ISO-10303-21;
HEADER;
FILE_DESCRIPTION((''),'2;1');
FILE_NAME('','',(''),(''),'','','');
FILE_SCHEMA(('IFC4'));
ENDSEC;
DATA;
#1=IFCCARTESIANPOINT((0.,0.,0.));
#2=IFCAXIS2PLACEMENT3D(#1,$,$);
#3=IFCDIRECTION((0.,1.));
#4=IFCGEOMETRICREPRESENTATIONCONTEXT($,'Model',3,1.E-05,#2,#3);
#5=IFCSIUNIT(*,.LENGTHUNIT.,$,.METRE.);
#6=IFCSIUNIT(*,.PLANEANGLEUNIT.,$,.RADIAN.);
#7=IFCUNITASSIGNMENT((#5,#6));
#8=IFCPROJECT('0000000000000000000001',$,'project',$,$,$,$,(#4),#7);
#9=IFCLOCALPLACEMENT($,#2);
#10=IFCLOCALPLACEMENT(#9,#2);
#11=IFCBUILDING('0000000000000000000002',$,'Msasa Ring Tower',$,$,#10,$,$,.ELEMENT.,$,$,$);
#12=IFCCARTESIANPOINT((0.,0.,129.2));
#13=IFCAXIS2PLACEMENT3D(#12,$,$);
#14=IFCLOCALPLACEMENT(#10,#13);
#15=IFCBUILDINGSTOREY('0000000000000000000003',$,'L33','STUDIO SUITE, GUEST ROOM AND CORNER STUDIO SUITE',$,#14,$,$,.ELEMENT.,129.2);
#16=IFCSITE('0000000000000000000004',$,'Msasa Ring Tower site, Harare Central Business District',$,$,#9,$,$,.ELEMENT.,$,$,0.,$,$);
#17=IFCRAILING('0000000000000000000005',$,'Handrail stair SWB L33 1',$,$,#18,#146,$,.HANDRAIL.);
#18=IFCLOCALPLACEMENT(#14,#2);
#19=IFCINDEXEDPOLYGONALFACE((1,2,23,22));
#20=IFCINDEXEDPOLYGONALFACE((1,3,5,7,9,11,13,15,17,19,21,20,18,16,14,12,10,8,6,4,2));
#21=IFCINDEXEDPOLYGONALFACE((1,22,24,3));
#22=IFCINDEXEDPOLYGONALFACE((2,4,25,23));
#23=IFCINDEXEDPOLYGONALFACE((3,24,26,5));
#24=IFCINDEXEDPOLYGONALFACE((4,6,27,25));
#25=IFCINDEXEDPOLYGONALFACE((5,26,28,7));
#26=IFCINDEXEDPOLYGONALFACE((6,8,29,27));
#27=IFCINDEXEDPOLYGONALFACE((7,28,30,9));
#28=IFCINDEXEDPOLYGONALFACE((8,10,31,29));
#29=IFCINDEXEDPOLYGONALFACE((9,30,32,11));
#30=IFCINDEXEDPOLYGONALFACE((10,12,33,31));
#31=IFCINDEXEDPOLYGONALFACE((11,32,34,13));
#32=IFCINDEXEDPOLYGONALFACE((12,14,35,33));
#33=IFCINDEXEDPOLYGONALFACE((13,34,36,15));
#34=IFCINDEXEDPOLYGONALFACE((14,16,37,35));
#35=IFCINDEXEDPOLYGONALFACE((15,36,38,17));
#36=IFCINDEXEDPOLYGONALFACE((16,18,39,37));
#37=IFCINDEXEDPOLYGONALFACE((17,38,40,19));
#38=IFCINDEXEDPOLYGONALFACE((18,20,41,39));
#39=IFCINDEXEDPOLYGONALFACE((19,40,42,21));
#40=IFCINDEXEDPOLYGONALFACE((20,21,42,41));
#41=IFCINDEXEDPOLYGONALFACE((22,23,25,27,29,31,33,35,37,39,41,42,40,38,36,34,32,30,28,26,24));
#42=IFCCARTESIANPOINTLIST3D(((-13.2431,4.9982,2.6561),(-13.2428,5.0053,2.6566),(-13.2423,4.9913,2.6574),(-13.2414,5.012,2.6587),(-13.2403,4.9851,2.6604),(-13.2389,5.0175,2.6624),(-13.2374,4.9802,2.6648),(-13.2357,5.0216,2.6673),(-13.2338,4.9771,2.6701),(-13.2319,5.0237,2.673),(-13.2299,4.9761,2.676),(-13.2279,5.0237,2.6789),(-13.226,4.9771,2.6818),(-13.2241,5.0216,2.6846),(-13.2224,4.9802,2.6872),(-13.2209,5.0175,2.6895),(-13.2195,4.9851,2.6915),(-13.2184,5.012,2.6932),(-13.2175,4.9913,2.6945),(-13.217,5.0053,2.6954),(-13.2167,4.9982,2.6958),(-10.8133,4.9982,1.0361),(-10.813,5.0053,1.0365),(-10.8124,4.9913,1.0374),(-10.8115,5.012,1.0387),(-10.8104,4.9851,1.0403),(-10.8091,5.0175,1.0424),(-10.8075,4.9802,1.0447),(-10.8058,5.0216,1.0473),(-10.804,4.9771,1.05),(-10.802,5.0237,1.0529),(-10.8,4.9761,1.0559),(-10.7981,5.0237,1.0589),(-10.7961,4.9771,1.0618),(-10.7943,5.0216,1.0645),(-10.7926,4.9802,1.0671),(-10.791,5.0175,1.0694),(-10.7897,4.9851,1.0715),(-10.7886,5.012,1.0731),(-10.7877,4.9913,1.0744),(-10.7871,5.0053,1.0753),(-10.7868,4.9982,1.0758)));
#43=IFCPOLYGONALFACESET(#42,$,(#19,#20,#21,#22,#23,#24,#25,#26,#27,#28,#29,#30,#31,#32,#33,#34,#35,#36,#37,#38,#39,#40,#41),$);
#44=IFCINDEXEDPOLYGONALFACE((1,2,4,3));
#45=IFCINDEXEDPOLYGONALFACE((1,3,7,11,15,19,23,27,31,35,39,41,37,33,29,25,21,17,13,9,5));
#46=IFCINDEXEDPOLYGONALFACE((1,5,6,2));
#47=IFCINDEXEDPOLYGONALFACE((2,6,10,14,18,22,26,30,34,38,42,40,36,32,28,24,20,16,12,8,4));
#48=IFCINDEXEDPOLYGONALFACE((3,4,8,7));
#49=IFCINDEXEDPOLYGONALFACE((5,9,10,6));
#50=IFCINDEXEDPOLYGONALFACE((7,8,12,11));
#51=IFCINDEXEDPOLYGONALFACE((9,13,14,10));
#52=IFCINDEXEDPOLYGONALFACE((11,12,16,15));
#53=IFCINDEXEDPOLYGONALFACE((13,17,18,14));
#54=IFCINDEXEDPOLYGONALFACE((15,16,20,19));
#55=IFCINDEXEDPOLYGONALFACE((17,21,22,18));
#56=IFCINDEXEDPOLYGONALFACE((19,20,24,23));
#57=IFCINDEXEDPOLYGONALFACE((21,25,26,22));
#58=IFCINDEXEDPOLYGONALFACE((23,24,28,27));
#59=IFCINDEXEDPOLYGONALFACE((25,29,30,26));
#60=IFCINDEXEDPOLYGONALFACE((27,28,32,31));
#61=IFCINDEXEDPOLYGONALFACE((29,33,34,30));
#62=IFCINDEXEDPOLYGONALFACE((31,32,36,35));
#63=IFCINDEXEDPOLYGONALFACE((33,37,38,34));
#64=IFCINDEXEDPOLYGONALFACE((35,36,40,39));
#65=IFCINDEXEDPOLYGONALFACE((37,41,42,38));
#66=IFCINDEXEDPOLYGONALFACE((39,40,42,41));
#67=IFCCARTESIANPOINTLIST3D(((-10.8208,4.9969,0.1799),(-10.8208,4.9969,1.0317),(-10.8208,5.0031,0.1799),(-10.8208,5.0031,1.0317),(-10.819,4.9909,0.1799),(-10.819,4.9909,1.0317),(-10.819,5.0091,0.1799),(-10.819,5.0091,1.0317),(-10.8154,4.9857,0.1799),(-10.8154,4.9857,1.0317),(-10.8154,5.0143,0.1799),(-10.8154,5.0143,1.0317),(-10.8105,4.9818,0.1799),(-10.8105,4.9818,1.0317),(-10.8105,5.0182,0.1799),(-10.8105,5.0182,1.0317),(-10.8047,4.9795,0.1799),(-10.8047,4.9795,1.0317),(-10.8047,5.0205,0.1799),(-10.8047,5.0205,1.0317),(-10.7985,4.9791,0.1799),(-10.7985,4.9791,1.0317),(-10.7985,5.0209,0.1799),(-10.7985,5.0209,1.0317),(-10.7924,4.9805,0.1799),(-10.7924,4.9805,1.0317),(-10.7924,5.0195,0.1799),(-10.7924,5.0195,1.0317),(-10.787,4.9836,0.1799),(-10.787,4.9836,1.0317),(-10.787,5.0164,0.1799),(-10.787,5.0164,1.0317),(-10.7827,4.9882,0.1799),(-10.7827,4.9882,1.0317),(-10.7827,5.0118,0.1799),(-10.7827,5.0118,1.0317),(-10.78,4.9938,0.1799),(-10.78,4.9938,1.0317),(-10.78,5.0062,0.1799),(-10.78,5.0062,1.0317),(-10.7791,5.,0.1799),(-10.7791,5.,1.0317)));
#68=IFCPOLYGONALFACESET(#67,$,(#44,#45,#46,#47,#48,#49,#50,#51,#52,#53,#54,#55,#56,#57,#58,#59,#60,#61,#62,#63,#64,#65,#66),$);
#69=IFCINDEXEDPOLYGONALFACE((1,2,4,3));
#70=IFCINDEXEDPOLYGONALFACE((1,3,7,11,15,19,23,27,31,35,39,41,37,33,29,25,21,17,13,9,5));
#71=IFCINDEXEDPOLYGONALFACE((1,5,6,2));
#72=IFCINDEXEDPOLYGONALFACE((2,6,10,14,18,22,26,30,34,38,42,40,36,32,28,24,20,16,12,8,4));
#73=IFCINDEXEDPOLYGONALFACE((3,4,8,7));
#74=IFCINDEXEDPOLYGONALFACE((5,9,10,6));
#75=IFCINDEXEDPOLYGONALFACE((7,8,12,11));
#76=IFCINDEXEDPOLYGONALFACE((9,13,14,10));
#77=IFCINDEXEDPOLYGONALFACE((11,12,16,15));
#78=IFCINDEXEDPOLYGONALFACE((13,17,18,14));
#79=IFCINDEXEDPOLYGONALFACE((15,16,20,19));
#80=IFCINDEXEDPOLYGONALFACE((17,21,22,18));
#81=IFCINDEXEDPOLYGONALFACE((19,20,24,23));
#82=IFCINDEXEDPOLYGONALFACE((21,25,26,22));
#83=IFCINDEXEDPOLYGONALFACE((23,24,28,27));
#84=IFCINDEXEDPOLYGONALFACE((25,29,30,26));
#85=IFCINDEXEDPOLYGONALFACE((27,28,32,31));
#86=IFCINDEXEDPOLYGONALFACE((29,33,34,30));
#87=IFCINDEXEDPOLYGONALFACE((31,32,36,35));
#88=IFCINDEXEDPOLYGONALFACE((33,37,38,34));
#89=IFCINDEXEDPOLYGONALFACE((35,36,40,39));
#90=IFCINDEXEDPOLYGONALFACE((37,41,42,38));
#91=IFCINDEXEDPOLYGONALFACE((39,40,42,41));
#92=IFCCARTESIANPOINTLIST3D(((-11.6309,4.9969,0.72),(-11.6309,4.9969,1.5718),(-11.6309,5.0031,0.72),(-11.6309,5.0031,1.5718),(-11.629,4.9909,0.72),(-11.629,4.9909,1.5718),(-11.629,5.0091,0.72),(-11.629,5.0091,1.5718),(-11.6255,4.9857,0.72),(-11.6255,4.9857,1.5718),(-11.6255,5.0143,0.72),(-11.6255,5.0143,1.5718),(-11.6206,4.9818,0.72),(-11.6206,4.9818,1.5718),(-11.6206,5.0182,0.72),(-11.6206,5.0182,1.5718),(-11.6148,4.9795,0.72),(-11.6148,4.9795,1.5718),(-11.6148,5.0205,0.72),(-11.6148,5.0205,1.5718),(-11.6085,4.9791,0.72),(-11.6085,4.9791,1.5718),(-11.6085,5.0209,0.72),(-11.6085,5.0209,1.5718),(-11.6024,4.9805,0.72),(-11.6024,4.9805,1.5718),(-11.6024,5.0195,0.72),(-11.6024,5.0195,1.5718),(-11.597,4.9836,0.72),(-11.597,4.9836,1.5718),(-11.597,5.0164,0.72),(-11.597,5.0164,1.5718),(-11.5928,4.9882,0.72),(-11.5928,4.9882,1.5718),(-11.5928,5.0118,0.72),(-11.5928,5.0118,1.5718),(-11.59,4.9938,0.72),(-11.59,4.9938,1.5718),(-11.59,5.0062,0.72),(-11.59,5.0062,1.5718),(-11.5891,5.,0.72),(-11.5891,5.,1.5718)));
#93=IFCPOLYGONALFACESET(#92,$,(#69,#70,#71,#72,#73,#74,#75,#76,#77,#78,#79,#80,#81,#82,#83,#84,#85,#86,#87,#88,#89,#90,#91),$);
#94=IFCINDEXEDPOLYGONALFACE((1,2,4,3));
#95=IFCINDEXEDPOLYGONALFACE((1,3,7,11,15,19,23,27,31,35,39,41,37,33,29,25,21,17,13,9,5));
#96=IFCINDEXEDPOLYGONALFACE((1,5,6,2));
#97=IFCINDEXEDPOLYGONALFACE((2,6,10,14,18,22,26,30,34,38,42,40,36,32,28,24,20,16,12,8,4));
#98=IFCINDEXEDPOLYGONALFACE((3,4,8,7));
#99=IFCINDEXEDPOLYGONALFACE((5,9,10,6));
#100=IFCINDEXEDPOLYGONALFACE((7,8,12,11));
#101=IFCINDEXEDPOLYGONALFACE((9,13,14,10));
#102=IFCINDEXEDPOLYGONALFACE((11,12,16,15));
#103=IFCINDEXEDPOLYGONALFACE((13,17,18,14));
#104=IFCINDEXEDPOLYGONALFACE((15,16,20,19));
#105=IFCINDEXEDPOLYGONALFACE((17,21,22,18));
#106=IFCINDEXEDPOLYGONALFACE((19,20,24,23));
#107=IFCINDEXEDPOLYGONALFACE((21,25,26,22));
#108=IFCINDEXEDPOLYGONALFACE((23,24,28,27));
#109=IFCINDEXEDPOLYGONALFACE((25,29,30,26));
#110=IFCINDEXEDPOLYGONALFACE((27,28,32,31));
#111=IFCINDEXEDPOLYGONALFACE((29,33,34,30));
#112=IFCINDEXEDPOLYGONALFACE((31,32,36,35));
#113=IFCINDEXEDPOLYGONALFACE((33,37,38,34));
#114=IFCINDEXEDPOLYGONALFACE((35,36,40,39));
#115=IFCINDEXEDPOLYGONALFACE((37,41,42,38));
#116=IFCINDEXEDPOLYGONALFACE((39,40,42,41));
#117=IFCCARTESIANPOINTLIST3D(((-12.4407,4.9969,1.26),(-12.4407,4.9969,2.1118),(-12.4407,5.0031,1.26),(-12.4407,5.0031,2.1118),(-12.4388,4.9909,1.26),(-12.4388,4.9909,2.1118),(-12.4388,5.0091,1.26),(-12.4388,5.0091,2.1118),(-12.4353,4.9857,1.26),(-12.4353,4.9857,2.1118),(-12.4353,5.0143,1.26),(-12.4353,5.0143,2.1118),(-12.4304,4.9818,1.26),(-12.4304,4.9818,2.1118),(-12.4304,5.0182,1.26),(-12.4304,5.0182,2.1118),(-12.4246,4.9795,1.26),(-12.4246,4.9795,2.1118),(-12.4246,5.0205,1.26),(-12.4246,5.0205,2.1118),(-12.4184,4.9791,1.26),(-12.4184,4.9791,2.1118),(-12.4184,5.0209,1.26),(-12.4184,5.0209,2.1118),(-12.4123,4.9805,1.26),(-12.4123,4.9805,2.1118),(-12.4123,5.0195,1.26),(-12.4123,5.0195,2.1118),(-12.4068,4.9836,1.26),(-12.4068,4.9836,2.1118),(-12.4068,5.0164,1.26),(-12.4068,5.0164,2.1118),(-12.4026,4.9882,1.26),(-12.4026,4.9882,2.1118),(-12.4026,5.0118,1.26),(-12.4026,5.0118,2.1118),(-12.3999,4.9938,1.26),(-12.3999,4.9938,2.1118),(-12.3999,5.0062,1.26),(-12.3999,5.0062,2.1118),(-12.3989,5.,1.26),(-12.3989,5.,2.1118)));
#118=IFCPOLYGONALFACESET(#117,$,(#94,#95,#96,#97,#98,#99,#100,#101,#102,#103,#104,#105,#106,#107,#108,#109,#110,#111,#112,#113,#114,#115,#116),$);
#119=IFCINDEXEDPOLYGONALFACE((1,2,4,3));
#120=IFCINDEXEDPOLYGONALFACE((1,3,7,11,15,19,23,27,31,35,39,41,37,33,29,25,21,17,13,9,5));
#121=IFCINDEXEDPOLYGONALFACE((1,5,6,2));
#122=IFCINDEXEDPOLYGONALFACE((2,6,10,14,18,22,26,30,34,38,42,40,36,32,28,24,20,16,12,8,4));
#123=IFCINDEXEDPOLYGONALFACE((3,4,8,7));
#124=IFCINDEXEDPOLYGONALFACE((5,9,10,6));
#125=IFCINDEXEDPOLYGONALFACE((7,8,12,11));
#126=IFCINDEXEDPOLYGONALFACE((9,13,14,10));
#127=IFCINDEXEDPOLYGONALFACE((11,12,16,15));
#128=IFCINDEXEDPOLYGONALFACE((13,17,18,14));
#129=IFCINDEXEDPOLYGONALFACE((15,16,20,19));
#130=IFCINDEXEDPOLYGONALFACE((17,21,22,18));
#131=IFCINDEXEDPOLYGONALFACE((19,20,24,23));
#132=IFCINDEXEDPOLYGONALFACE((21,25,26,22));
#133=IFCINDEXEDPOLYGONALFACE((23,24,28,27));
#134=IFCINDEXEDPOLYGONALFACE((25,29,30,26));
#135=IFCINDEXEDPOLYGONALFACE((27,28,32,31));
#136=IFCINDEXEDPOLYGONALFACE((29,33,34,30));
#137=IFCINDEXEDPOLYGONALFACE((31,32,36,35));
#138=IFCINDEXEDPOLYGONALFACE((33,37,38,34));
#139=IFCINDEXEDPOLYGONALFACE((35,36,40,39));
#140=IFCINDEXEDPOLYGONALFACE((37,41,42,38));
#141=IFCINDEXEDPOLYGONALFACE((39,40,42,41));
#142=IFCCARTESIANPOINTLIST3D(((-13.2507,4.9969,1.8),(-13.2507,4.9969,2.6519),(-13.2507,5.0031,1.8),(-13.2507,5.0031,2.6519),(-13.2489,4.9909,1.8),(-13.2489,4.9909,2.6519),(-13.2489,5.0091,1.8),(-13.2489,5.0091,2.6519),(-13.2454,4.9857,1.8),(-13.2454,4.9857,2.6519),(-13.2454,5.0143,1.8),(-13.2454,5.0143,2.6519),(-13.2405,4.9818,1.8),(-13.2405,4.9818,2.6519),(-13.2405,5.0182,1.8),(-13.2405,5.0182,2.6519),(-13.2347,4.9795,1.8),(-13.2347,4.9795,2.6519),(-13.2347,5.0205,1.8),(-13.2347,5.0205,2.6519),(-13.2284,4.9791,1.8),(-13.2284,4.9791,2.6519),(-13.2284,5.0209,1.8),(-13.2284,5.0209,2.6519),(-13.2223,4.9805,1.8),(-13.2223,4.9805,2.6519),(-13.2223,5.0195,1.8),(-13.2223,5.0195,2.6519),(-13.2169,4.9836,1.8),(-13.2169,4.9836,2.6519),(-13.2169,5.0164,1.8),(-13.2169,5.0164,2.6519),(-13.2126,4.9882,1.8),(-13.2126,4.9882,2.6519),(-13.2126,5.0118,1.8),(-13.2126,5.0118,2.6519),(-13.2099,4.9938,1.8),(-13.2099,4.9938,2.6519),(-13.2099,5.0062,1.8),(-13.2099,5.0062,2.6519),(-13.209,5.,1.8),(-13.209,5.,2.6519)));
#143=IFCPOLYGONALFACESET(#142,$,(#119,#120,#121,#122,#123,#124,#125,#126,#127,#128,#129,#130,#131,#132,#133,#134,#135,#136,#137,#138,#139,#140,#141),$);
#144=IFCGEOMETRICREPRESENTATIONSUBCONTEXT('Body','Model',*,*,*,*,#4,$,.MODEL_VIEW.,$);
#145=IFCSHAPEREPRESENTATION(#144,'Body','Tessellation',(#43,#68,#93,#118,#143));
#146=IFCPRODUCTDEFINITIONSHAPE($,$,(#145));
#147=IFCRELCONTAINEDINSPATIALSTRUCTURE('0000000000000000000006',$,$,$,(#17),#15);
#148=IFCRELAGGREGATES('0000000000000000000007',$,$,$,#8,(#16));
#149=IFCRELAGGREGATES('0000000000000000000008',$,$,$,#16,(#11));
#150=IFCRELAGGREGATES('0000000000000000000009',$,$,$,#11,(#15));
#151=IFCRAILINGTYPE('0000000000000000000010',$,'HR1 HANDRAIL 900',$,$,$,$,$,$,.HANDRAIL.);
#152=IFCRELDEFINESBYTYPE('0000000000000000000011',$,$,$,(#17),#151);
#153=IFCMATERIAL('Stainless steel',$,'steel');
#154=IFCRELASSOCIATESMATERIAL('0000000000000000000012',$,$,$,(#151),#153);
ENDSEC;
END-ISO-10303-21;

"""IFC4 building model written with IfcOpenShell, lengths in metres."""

from ifc_helpers import new_model, si_unit, direction, frame, origin, origin_2d, place, context, subcontext, project, spatial, circle, extrude, material, type_object, element, save


model = new_model("IFC4")

# Units and contexts
model_context = context("Model", 3, precision=1e-05, world=origin(), true_north=direction((0.0, 1.0)))
body_context = subcontext(model_context, "Body", "Model", "MODEL_VIEW")
ifc_project = project(units=[si_unit("LENGTHUNIT", "METRE"), si_unit("PLANEANGLEUNIT", "RADIAN")], contexts=[model_context])

# Site, building, storey
site_placement = place(None, origin())
site = spatial("IfcSite", under=ifc_project, at=site_placement, Name="Msasa Ring Tower site, Harare Central Business District", CompositionType="ELEMENT", RefElevation=0.0)
building_placement = place(site_placement, origin())
building = spatial("IfcBuilding", under=site, at=building_placement, Name="Msasa Ring Tower", CompositionType="ELEMENT")
storey_placement = place(building_placement, frame((0.0, 0.0, 129.2)))
storey = spatial("IfcBuildingStorey", under=building, at=storey_placement, Name="L33", Description="STUDIO SUITE, GUEST ROOM AND CORNER STUDIO SUITE", CompositionType="ELEMENT", Elevation=129.2)

# Railing
ifc_material_1 = material(Name="Stainless steel", Category="steel")
railing_type = type_object("IfcRailingType", Name="HR1 HANDRAIL 900", PredefinedType="HANDRAIL", material=ifc_material_1)
for number, where, name in (
    (1, (-10.8, 5.0, 0.1799), "Handrail stair SWB L33 1"),
):
    element("IfcRailing", number, at=place(storey_placement, frame(where)), inside=storey, type_object=railing_type, Name=name, PredefinedType="HANDRAIL", context=body_context, shape_type="SweptSolid", body=[
        extrude(circle(Radius=0.0239, at=origin_2d()), frame((0.0, 0.0, 0.876), z_axis=(-0.832025, 0.0, 0.554739), x_axis=(0.0, -1.0, 0.0)), (0.0, 0.0, 1.0), 2.9204),
        extrude(circle(Radius=0.021, at=origin_2d()), origin(), (0.0, 0.0, 1.0), 0.8518),
        extrude(circle(Radius=0.021, at=origin_2d()), frame((-0.8101, 0.0, 0.54)), (0.0, 0.0, 1.0), 0.8518),
        extrude(circle(Radius=0.021, at=origin_2d()), frame((-1.6199, 0.0, 1.0801)), (0.0, 0.0, 1.0), 0.8518),
        extrude(circle(Radius=0.021, at=origin_2d()), frame((-2.4299, 0.0, 1.6201)), (0.0, 0.0, 1.0), 0.8518),
    ])

save(model, "model.ifc")
